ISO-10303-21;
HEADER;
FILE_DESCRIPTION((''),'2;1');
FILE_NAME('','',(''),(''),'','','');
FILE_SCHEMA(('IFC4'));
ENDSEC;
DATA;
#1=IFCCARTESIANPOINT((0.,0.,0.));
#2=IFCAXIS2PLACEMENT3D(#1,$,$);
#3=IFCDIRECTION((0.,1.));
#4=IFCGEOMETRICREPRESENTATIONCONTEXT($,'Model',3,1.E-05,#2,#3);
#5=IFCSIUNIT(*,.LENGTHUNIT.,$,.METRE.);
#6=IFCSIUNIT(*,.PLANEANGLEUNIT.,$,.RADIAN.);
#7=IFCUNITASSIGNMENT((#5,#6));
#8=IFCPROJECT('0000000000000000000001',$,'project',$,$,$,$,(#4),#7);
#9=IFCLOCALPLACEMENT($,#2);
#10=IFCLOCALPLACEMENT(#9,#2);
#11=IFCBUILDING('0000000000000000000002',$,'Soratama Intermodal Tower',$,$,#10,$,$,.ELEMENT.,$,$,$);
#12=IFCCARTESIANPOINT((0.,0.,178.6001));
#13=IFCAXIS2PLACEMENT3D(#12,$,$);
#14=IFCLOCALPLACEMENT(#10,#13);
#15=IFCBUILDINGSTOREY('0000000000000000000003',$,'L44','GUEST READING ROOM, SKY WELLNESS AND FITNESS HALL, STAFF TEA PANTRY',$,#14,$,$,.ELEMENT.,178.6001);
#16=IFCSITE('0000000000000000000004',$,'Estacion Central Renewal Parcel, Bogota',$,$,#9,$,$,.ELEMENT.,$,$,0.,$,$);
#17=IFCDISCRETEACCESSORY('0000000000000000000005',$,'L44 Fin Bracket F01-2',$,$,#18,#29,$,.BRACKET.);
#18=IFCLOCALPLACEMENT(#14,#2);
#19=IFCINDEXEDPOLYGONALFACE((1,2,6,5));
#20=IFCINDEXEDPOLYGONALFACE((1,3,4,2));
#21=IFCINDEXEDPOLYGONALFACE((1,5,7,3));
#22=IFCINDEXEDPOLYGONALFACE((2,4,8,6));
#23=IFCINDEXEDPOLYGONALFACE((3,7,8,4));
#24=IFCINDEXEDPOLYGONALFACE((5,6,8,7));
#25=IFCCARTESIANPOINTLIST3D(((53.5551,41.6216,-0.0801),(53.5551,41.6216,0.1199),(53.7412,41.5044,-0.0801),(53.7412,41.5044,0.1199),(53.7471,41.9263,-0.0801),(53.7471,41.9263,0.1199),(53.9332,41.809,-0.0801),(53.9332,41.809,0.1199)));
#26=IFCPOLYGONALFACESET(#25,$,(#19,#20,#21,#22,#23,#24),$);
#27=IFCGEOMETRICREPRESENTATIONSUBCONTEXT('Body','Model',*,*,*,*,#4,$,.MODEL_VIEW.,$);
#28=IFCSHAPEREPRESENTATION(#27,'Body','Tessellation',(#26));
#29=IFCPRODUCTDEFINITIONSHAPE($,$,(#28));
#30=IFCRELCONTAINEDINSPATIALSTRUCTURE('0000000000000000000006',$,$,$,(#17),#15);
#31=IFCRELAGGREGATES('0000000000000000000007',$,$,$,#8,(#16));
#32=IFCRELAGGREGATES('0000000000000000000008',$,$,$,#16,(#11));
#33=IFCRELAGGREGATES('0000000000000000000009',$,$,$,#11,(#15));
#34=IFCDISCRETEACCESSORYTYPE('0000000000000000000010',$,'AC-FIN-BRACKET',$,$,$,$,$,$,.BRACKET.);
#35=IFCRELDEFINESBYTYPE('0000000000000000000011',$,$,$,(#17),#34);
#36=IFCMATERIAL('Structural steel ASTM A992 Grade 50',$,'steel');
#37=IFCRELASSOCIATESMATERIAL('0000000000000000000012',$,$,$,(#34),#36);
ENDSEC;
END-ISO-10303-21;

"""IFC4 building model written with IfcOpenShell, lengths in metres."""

from ifc_helpers import new_model, si_unit, direction, frame, origin, origin_2d, place, context, subcontext, project, spatial, rectangle, extrude, material, type_object, element, save


model = new_model("IFC4")

# Units and contexts
model_context = context("Model", 3, precision=1e-05, world=origin(), true_north=direction((0.0, 1.0)))
body_context = subcontext(model_context, "Body", "Model", "MODEL_VIEW")
ifc_project = project(units=[si_unit("LENGTHUNIT", "METRE"), si_unit("PLANEANGLEUNIT", "RADIAN")], contexts=[model_context])

# Site, building, storey
site_placement = place(None, origin())
site = spatial("IfcSite", under=ifc_project, at=site_placement, Name="Estacion Central Renewal Parcel, Bogota", CompositionType="ELEMENT", RefElevation=0.0)
building_placement = place(site_placement, origin())
building = spatial("IfcBuilding", under=site, at=building_placement, Name="Soratama Intermodal Tower", CompositionType="ELEMENT")
storey_placement = place(building_placement, frame((0.0, 0.0, 178.6001)))
storey = spatial("IfcBuildingStorey", under=building, at=storey_placement, Name="L44", Description="GUEST READING ROOM, SKY WELLNESS AND FITNESS HALL, STAFF TEA PANTRY", CompositionType="ELEMENT", Elevation=178.6001)

# Discrete accessory
ifc_material_1 = material(Name="Structural steel ASTM A992 Grade 50", Category="steel")
discrete_accessory_type = type_object("IfcDiscreteAccessoryType", Name="AC-FIN-BRACKET", PredefinedType="BRACKET", material=ifc_material_1)
for number, where, z_axis, x_axis, name in (
    (1, (53.7441, 41.7153, -0.0801), (0.0, 0.0, 1.0), (0.533172, 0.846007, 0.0), "L44 Fin Bracket F01-2"),
):
    element("IfcDiscreteAccessory", number, at=place(storey_placement, frame(where, z_axis=z_axis, x_axis=x_axis)), inside=storey, type_object=discrete_accessory_type, Name=name, PredefinedType="BRACKET", context=body_context, shape_type="SweptSolid", body=[
        extrude(rectangle(XDim=0.3601, YDim=0.22, at=origin_2d()), origin(), (0.0, 0.0, 1.0), 0.2),
    ])

save(model, "model.ifc")
